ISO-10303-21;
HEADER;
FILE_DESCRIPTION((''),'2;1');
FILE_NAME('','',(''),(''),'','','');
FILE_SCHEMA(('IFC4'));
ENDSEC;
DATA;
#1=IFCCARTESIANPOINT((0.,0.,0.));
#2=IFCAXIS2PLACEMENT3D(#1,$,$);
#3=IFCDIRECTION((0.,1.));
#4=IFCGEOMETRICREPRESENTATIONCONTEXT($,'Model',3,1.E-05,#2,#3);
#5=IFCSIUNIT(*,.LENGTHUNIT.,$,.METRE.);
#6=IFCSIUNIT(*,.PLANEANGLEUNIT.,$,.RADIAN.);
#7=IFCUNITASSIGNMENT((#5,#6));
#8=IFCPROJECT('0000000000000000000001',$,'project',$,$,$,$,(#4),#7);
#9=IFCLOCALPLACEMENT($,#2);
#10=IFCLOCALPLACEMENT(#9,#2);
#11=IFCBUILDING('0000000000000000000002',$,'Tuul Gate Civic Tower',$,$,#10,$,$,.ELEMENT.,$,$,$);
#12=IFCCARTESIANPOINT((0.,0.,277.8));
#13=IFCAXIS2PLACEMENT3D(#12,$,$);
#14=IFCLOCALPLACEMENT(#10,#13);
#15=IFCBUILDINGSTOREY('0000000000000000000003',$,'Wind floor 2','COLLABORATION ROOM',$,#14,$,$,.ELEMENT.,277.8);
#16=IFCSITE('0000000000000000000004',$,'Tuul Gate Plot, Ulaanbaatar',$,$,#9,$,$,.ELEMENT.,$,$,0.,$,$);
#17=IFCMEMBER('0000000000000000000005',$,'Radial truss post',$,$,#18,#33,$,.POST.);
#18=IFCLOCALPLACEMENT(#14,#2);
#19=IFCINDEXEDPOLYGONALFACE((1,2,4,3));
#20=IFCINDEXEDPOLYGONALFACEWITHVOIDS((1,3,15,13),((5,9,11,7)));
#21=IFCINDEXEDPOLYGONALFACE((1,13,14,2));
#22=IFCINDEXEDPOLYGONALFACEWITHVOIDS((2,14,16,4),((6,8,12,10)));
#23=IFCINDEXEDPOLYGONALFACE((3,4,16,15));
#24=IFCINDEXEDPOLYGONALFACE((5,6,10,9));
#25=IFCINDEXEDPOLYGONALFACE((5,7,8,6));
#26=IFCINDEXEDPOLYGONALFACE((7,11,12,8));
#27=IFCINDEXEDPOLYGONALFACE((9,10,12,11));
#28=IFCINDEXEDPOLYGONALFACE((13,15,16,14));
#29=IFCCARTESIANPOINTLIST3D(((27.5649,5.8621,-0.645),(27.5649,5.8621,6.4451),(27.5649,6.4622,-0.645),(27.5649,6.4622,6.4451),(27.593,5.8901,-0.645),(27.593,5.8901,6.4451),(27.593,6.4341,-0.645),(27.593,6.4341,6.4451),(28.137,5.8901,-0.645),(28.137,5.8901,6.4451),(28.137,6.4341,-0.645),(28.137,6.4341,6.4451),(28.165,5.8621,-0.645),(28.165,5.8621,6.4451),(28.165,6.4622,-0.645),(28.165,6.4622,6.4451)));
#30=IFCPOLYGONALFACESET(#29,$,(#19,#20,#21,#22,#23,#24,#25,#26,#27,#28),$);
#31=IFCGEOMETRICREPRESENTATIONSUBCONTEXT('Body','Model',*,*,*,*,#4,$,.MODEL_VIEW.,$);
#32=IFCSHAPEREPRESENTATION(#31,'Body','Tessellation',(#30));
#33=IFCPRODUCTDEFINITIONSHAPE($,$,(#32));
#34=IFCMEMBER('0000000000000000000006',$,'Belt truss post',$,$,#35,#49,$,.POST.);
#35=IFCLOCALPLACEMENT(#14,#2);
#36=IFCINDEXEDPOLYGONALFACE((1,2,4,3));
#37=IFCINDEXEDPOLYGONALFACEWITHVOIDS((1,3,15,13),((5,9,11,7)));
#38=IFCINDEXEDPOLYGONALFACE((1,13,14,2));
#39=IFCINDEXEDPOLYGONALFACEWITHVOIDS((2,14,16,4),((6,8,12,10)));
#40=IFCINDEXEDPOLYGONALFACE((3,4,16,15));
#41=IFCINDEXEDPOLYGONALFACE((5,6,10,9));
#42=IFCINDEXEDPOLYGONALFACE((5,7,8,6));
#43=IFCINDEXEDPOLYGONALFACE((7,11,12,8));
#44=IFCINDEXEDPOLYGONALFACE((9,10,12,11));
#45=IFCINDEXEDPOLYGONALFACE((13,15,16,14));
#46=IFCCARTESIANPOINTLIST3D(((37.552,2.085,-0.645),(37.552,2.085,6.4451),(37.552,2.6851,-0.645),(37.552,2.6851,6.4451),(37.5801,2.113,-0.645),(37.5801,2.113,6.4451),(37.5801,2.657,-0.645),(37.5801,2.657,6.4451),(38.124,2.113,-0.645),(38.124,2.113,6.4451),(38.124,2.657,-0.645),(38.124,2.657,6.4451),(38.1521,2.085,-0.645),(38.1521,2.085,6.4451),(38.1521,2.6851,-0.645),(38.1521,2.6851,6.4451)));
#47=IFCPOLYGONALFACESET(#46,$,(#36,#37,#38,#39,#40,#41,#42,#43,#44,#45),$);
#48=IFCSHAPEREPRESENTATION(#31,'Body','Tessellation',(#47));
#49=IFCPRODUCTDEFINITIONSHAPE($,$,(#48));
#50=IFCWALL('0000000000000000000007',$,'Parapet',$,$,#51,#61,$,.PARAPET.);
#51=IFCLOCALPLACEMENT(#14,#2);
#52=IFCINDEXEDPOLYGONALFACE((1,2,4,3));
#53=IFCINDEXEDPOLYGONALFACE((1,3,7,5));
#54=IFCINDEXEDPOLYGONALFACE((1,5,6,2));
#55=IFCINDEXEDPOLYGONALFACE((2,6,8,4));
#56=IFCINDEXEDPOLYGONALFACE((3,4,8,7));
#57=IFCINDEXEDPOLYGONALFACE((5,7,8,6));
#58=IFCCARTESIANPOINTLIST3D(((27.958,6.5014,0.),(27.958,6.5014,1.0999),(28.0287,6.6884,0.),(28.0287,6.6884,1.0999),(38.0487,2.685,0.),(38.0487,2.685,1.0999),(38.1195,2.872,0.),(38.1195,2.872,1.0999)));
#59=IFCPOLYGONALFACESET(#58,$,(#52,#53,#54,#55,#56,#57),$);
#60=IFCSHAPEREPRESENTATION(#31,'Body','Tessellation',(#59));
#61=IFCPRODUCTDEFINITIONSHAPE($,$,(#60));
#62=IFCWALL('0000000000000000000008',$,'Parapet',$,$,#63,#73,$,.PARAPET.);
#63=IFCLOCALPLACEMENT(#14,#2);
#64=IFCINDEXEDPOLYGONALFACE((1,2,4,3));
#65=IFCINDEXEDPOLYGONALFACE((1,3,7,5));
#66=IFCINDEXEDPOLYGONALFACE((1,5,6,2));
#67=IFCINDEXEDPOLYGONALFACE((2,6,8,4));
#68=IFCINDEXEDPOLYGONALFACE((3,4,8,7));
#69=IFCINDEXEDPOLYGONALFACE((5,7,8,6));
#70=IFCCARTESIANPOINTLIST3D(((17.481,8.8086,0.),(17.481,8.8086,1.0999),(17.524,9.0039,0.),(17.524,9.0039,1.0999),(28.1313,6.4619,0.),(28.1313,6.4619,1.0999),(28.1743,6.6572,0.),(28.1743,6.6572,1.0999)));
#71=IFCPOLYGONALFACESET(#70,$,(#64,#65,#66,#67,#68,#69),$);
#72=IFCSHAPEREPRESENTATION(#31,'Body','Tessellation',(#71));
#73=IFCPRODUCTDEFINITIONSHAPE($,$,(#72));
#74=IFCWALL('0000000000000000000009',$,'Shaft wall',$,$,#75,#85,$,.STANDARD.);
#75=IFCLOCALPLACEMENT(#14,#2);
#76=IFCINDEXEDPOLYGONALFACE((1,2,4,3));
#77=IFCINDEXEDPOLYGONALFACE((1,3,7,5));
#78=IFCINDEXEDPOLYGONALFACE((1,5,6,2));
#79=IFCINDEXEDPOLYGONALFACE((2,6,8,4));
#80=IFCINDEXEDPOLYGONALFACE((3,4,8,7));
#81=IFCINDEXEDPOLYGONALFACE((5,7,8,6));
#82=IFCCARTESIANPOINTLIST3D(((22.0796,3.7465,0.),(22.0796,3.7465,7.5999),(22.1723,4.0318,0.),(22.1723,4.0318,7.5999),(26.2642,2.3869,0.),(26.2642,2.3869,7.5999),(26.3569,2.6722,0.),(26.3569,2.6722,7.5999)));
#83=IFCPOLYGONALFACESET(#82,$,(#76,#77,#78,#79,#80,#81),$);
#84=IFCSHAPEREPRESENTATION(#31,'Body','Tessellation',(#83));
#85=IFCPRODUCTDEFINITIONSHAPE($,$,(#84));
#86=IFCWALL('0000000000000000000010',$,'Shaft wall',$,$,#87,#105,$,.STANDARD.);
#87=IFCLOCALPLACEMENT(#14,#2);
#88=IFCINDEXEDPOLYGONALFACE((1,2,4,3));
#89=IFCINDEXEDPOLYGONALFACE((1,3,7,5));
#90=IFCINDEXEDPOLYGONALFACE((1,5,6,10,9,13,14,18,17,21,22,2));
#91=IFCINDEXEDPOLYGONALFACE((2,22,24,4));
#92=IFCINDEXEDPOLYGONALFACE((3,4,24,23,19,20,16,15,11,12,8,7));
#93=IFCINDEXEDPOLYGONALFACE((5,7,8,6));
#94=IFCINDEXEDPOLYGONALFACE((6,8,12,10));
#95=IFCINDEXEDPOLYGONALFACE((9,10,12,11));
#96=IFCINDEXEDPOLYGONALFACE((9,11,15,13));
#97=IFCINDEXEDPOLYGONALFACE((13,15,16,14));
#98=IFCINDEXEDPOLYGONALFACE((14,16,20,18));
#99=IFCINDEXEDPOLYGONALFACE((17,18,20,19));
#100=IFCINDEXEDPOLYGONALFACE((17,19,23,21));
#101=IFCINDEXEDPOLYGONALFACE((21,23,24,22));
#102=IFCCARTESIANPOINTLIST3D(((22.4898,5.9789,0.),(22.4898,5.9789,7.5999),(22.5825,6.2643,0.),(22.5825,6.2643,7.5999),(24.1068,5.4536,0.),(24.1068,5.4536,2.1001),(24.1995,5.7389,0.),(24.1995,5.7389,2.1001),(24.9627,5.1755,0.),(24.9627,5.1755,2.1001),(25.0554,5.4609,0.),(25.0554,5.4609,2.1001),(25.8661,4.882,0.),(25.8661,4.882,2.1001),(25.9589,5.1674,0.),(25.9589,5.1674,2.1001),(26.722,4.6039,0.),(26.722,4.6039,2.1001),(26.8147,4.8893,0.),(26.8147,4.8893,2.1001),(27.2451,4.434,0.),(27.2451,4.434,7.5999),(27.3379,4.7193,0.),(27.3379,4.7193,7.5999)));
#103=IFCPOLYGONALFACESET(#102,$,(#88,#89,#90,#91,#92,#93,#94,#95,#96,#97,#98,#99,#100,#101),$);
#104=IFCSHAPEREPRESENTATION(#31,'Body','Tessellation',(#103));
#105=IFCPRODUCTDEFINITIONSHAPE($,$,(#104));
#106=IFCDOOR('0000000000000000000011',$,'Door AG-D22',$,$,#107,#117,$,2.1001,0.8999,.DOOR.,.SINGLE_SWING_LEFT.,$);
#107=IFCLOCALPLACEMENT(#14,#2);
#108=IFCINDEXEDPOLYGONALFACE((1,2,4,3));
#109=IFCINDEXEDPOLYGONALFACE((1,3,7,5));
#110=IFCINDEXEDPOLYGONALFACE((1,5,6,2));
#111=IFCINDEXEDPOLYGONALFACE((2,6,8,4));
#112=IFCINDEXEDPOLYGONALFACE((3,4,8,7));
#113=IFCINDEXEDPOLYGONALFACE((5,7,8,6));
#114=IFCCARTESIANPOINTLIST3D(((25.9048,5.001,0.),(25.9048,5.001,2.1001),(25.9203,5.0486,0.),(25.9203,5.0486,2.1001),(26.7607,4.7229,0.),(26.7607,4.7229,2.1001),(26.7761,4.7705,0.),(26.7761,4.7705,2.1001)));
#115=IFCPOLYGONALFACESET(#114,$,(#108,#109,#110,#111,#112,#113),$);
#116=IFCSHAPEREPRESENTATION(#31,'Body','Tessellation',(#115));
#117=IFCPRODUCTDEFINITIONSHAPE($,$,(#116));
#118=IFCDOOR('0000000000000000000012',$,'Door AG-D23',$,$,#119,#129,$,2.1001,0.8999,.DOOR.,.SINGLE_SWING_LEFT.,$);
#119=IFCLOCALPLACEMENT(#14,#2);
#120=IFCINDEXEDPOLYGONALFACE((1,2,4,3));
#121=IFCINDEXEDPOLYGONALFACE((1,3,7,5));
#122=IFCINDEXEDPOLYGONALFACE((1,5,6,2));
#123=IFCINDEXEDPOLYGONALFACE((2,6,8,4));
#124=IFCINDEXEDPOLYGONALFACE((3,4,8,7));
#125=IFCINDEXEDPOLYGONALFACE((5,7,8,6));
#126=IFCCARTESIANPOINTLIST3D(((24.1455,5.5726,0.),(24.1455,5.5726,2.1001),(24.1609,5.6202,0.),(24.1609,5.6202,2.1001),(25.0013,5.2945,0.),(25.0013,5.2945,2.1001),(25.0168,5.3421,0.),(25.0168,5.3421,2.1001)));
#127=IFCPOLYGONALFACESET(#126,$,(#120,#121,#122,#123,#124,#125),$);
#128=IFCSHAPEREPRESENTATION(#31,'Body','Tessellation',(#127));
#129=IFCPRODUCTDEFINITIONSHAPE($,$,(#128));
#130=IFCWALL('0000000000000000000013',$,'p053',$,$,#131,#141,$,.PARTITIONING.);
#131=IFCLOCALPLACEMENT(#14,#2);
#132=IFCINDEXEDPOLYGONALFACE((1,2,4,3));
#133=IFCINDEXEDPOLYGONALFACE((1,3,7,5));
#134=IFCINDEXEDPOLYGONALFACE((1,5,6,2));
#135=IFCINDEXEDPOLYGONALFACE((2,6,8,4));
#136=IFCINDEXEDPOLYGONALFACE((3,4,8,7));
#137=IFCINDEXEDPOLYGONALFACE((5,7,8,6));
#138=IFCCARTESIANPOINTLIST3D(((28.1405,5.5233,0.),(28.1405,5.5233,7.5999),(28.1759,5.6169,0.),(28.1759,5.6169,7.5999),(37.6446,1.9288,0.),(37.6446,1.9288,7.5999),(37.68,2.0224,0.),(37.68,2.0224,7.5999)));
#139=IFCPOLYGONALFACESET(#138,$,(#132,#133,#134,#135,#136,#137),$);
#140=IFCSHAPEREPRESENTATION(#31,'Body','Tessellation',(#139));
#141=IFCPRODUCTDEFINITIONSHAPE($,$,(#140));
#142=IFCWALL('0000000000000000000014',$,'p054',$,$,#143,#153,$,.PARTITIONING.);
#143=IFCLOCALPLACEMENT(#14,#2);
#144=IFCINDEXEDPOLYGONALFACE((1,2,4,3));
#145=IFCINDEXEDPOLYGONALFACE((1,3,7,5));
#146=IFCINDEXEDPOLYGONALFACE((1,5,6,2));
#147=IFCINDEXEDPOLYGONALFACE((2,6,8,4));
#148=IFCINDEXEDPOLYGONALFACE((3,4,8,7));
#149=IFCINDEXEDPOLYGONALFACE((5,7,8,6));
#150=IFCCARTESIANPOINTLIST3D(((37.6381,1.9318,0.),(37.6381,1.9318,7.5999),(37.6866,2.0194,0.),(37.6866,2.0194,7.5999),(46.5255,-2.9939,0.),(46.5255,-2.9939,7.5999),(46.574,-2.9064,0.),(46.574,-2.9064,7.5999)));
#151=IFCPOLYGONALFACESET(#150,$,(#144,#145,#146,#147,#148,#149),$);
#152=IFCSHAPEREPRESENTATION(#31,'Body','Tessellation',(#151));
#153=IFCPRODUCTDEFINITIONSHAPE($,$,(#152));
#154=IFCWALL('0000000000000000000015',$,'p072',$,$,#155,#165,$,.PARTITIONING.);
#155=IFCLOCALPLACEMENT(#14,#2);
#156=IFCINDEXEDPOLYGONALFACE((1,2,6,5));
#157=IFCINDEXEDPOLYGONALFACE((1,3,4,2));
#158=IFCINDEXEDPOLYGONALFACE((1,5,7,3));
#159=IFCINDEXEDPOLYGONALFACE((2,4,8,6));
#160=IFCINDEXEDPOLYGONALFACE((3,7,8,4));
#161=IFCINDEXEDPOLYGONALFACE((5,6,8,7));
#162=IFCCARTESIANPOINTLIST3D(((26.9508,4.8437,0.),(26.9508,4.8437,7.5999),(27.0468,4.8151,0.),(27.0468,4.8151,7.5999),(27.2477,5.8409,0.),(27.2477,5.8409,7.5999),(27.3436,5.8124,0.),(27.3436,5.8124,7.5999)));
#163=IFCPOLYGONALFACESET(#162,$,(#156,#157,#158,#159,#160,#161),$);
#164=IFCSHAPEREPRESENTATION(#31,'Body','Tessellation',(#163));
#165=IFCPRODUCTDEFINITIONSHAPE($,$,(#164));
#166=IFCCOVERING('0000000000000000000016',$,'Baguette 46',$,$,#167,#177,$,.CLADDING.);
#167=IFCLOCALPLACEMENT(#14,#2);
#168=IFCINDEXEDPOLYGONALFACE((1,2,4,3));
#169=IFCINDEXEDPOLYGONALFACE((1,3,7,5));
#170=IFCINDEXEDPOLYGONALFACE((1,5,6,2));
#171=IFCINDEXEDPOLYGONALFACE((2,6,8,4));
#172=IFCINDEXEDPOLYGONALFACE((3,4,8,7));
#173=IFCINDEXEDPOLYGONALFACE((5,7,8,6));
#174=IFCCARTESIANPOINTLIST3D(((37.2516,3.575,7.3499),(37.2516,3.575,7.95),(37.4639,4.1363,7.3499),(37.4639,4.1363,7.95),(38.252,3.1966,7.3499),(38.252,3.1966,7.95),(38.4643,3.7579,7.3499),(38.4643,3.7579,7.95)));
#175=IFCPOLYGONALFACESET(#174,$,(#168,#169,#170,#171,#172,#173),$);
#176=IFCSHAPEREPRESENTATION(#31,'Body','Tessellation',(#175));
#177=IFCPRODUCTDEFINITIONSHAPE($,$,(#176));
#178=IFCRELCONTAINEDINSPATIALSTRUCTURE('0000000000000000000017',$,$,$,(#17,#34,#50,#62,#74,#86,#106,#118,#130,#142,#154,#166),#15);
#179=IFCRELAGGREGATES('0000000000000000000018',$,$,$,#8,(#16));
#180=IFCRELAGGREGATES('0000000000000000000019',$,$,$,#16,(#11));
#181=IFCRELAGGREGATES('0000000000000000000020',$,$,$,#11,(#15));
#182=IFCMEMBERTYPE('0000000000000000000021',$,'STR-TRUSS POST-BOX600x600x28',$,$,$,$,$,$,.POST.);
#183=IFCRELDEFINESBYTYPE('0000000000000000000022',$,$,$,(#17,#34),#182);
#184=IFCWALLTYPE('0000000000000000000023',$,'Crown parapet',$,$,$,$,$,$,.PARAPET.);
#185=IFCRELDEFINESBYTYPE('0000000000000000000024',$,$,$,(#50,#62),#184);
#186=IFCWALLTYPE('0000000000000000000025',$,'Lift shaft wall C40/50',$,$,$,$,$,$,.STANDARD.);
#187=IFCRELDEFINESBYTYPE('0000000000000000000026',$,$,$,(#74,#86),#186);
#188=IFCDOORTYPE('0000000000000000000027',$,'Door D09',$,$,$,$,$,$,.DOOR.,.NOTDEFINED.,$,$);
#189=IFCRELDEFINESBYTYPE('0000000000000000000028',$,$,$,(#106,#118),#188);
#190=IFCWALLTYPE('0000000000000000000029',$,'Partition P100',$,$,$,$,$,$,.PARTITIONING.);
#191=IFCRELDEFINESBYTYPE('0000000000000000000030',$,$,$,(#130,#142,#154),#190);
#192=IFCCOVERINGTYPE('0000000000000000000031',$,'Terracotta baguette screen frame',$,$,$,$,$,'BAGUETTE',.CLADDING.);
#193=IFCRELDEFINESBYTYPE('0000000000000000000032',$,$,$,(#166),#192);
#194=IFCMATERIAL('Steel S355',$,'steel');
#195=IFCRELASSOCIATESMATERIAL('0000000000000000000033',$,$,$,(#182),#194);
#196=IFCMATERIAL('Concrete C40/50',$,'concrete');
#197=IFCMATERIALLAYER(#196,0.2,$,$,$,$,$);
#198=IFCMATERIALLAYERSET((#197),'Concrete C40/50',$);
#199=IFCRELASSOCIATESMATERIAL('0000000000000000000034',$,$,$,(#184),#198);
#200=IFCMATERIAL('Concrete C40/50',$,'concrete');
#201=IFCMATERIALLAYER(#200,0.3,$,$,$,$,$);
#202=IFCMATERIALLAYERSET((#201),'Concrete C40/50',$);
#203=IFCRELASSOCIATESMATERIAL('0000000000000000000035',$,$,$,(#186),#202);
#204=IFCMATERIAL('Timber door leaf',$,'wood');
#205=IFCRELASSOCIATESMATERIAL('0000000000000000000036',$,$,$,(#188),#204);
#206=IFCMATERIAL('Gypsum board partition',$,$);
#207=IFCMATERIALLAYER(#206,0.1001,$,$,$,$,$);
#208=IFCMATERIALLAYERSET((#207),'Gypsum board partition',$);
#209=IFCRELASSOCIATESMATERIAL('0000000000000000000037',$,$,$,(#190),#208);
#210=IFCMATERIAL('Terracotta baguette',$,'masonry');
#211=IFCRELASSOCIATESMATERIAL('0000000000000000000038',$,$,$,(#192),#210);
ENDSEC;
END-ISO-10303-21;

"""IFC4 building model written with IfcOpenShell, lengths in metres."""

from ifc_helpers import new_model, si_unit, direction, frame, frame_2d, origin, origin_2d, place, context, subcontext, project, spatial, rectangle, hollow_rectangle, extrude, material, layer, layer_set, material_profile, profile_set, type_object, element, fill, save


model = new_model("IFC4")

# Units and contexts
model_context = context("Model", 3, precision=1e-05, world=origin(), true_north=direction((0.0, 1.0)))
body_context = subcontext(model_context, "Body", "Model", "MODEL_VIEW")
ifc_project = project(units=[si_unit("LENGTHUNIT", "METRE"), si_unit("PLANEANGLEUNIT", "RADIAN")], contexts=[model_context])

# Site, building, storey
site_placement = place(None, origin())
site = spatial("IfcSite", under=ifc_project, at=site_placement, Name="Tuul Gate Plot, Ulaanbaatar", CompositionType="ELEMENT", RefElevation=0.0)
building_placement = place(site_placement, origin())
building = spatial("IfcBuilding", under=site, at=building_placement, Name="Tuul Gate Civic Tower", CompositionType="ELEMENT")
storey_placement = place(building_placement, frame((0.0, 0.0, 277.8)))
storey = spatial("IfcBuildingStorey", under=building, at=storey_placement, Name="Wind floor 2", Description="COLLABORATION ROOM", CompositionType="ELEMENT", Elevation=277.8)

# Members
ifc_material_1 = material(Name="Steel S355", Category="steel")
ifc_material_profile_1 = material_profile(ifc_material_1, hollow_rectangle(XDim=0.6001, YDim=0.6001, WallThickness=0.0281, at=origin_2d()), Name="BOX600x600x28")
ifc_profile_set_1 = profile_set([ifc_material_profile_1], Name="Steel S355")
member_type_1 = type_object("IfcMemberType", Name="STR-TRUSS POST-BOX600x600x28", PredefinedType="POST", material=ifc_profile_set_1)
for number, where, z_axis, x_axis, name in (
    (1, (27.865, 6.1621, -0.645), (0.0, 0.0, 1.0), (1.0, 0.0, 0.0), "Radial truss post"),
    (2, (37.8521, 2.385, -0.645), (0.0, 0.0, 1.0), (1.0, 0.0, 0.0), "Belt truss post"),
):
    element("IfcMember", number, at=place(storey_placement, frame(where, z_axis=z_axis, x_axis=x_axis)), inside=storey, type_object=member_type_1, Name=name, PredefinedType="POST", context=body_context, shape_type="SweptSolid", body=[
        extrude(hollow_rectangle(XDim=0.6001, YDim=0.6001, WallThickness=0.0281, at=origin_2d()), origin(), (0.0, 0.0, 1.0), 7.0901),
    ])

# Walls
ifc_material_2 = material(Name="Concrete C40/50", Category="concrete")
ifc_layer_1 = layer(ifc_material_2, 0.2)
ifc_layer_set_1 = layer_set([ifc_layer_1], Name="Concrete C40/50")
wall_type_1 = type_object("IfcWallType", Name="Crown parapet", PredefinedType="PARAPET", material=ifc_layer_set_1)
wall_1_placement = place(storey_placement, frame((38.084, 2.7786, 0.0), z_axis=(0.0, 0.0, 1.0), x_axis=(-0.93534, 0.353751, 0.0)))
element("IfcWall", 3, at=wall_1_placement, inside=storey, type_object=wall_type_1, Name="Parapet", PredefinedType="PARAPET", context=body_context, shape_type="SweptSolid", body=[
    extrude(rectangle(XDim=10.7883, YDim=0.2, at=frame_2d((5.394, 0.0))), origin(), (0.0, 0.0, 1.0), 1.0999),
])
wall_2_placement = place(storey_placement, frame((28.1528, 6.5596, 0.0), z_axis=(0.0, 0.0, 1.0), x_axis=(-0.976575, 0.215176, 0.0)))
element("IfcWall", 4, at=wall_2_placement, inside=storey, type_object=wall_type_1, Name="Parapet", PredefinedType="PARAPET", context=body_context, shape_type="SweptSolid", body=[
    extrude(rectangle(XDim=10.9058, YDim=0.2, at=frame_2d((5.4529, 0.0))), origin(), (0.0, 0.0, 1.0), 1.0999),
])
ifc_material_3 = material(Name="Concrete C40/50", Category="concrete")
ifc_layer_2 = layer(ifc_material_3, 0.3)
ifc_layer_set_2 = layer_set([ifc_layer_2], Name="Concrete C40/50")
wall_type_2 = type_object("IfcWallType", Name="Lift shaft wall C40/50", PredefinedType="STANDARD", material=ifc_layer_set_2)
wall_3_placement = place(storey_placement, frame((26.3105, 2.5295, 0.0), z_axis=(0.0, 0.0, 1.0), x_axis=(-0.951059, 0.309011, 0.0)))
element("IfcWall", 5, at=wall_3_placement, inside=storey, type_object=wall_type_2, Name="Shaft wall", PredefinedType="STANDARD", context=body_context, shape_type="SweptSolid", body=[
    extrude(rectangle(XDim=4.3999, YDim=0.3, at=frame_2d((2.2, 0.0))), origin(), (0.0, 0.0, 1.0), 7.5999),
])

# Wall, openings, doors
wall_4_placement = place(storey_placement, frame((27.2915, 4.5767, 0.0), z_axis=(0.0, 0.0, 1.0), x_axis=(-0.951068, 0.308982, 0.0)))
wall_4 = element("IfcWall", 6, at=wall_4_placement, inside=storey, type_object=wall_type_2, Name="Shaft wall", PredefinedType="STANDARD", context=body_context, shape_type="SweptSolid", body=[
    extrude(rectangle(XDim=5.0, YDim=0.3, at=frame_2d((2.5, 0.0))), origin(), (0.0, 0.0, 1.0), 7.5999),
])
opening_1_placement = place(wall_4_placement, frame((0.55, 0.0, 0.0)))
opening_1 = element("IfcOpeningElement", 7, at=opening_1_placement, cuts=wall_4, PredefinedType="OPENING", context=body_context, shape_type="SweptSolid", body=[
    extrude(rectangle(XDim=0.8999, YDim=2.1001, at=frame_2d((0.45, 1.05))), frame((0.0, 0.1602, 0.0), z_axis=(0.0, -1.0, 0.0), x_axis=(1.0, 0.0, 0.0)), (0.0, 0.0, 1.0), 0.3201),
])
opening_2_placement = place(wall_4_placement, frame((2.3999, 0.0, 0.0)))
opening_2 = element("IfcOpeningElement", 8, at=opening_2_placement, cuts=wall_4, PredefinedType="OPENING", context=body_context, shape_type="SweptSolid", body=[
    extrude(rectangle(XDim=0.8999, YDim=2.1001, at=frame_2d((0.45, 1.05))), frame((0.0, 0.1602, 0.0), z_axis=(0.0, -1.0, 0.0), x_axis=(1.0, 0.0, 0.0)), (0.0, 0.0, 1.0), 0.3201),
])
ifc_material_4 = material(Name="Timber door leaf", Category="wood")
door_type = type_object("IfcDoorType", Name="Door D09", OperationType="NOTDEFINED", PredefinedType="DOOR", material=ifc_material_4)
door_1_placement = place(opening_1_placement, origin())
door_1 = element("IfcDoor", 9, at=door_1_placement, inside=storey, type_object=door_type, Name="Door AG-D22", OperationType="SINGLE_SWING_LEFT", OverallHeight=2.1001, OverallWidth=0.8999, PredefinedType="DOOR", context=body_context, shape_type="SweptSolid", body=[
    extrude(rectangle(XDim=0.8999, YDim=2.1001, at=frame_2d((0.45, 1.05))), frame((0.0, 0.0249, 0.0), z_axis=(0.0, -1.0, 0.0), x_axis=(1.0, 0.0, 0.0)), (0.0, 0.0, 1.0), 0.05),
])
fill(opening_1, door_1)
door_2_placement = place(opening_2_placement, origin())
door_2 = element("IfcDoor", 10, at=door_2_placement, inside=storey, type_object=door_type, Name="Door AG-D23", OperationType="SINGLE_SWING_LEFT", OverallHeight=2.1001, OverallWidth=0.8999, PredefinedType="DOOR", context=body_context, shape_type="SweptSolid", body=[
    extrude(rectangle(XDim=0.8999, YDim=2.1001, at=frame_2d((0.45, 1.05))), frame((0.0, 0.0249, 0.0), z_axis=(0.0, -1.0, 0.0), x_axis=(1.0, 0.0, 0.0)), (0.0, 0.0, 1.0), 0.05),
])
fill(opening_2, door_2)

# Walls
ifc_material_5 = material(Name="Gypsum board partition")
ifc_layer_3 = layer(ifc_material_5, 0.1001)
ifc_layer_set_3 = layer_set([ifc_layer_3], Name="Gypsum board partition")
wall_type_3 = type_object("IfcWallType", Name="Partition P100", PredefinedType="PARTITIONING", material=ifc_layer_set_3)
for number, where, z_axis, x_axis, name in (
    (11, (28.1582, 5.5701, 0.0), (0.0, 0.0, 1.0), (0.935341, -0.353747, 0.0), "p053"),
    (12, (37.6624, 1.9756, 0.0), (0.0, 0.0, 1.0), (0.874645, -0.484763, 0.0), "p054"),
):
    element("IfcWall", number, at=place(storey_placement, frame(where, z_axis=z_axis, x_axis=x_axis)), inside=storey, type_object=wall_type_3, Name=name, PredefinedType="PARTITIONING", context=body_context, shape_type="SweptSolid", body=[
        extrude(rectangle(XDim=10.1611, YDim=0.1001, at=frame_2d((5.0806, 0.0))), origin(), (0.0, 0.0, 1.0), 7.5999),
    ])
wall_5_placement = place(storey_placement, frame((27.2957, 5.8267, 0.0), z_axis=(0.0, 0.0, 1.0), x_axis=(-0.285302, -0.958438, 0.0)))
element("IfcWall", 13, at=wall_5_placement, inside=storey, type_object=wall_type_3, Name="p072", PredefinedType="PARTITIONING", context=body_context, shape_type="SweptSolid", body=[
    extrude(rectangle(XDim=1.0405, YDim=0.1001, at=frame_2d((0.5203, 0.0))), origin(), (0.0, 0.0, 1.0), 7.5999),
])

# Covering
ifc_material_6 = material(Name="Terracotta baguette", Category="masonry")
ifc_material_profile_2 = material_profile(ifc_material_6, rectangle(XDim=0.6001, YDim=0.6001, at=origin_2d()), Name="Terracotta baguette screen frame")
ifc_profile_set_2 = profile_set([ifc_material_profile_2], Name="Terracotta baguette")
covering_type = type_object("IfcCoveringType", Name="Terracotta baguette screen frame", ElementType="BAGUETTE", PredefinedType="CLADDING", material=ifc_profile_set_2)
covering_1_placement = place(storey_placement, frame((38.3582, 3.4773, 7.6499), z_axis=(-0.935331, 0.353773, 0.0), x_axis=(-0.353773, -0.935331, 0.0)))
element("IfcCovering", 14, at=covering_1_placement, inside=storey, type_object=covering_type, Name="Baguette 46", PredefinedType="CLADDING", context=body_context, shape_type="SweptSolid", body=[
    extrude(rectangle(XDim=0.6001, YDim=0.6001, at=origin_2d()), origin(), (0.0, 0.0, 1.0), 1.0696),
])

save(model, "model.ifc")
